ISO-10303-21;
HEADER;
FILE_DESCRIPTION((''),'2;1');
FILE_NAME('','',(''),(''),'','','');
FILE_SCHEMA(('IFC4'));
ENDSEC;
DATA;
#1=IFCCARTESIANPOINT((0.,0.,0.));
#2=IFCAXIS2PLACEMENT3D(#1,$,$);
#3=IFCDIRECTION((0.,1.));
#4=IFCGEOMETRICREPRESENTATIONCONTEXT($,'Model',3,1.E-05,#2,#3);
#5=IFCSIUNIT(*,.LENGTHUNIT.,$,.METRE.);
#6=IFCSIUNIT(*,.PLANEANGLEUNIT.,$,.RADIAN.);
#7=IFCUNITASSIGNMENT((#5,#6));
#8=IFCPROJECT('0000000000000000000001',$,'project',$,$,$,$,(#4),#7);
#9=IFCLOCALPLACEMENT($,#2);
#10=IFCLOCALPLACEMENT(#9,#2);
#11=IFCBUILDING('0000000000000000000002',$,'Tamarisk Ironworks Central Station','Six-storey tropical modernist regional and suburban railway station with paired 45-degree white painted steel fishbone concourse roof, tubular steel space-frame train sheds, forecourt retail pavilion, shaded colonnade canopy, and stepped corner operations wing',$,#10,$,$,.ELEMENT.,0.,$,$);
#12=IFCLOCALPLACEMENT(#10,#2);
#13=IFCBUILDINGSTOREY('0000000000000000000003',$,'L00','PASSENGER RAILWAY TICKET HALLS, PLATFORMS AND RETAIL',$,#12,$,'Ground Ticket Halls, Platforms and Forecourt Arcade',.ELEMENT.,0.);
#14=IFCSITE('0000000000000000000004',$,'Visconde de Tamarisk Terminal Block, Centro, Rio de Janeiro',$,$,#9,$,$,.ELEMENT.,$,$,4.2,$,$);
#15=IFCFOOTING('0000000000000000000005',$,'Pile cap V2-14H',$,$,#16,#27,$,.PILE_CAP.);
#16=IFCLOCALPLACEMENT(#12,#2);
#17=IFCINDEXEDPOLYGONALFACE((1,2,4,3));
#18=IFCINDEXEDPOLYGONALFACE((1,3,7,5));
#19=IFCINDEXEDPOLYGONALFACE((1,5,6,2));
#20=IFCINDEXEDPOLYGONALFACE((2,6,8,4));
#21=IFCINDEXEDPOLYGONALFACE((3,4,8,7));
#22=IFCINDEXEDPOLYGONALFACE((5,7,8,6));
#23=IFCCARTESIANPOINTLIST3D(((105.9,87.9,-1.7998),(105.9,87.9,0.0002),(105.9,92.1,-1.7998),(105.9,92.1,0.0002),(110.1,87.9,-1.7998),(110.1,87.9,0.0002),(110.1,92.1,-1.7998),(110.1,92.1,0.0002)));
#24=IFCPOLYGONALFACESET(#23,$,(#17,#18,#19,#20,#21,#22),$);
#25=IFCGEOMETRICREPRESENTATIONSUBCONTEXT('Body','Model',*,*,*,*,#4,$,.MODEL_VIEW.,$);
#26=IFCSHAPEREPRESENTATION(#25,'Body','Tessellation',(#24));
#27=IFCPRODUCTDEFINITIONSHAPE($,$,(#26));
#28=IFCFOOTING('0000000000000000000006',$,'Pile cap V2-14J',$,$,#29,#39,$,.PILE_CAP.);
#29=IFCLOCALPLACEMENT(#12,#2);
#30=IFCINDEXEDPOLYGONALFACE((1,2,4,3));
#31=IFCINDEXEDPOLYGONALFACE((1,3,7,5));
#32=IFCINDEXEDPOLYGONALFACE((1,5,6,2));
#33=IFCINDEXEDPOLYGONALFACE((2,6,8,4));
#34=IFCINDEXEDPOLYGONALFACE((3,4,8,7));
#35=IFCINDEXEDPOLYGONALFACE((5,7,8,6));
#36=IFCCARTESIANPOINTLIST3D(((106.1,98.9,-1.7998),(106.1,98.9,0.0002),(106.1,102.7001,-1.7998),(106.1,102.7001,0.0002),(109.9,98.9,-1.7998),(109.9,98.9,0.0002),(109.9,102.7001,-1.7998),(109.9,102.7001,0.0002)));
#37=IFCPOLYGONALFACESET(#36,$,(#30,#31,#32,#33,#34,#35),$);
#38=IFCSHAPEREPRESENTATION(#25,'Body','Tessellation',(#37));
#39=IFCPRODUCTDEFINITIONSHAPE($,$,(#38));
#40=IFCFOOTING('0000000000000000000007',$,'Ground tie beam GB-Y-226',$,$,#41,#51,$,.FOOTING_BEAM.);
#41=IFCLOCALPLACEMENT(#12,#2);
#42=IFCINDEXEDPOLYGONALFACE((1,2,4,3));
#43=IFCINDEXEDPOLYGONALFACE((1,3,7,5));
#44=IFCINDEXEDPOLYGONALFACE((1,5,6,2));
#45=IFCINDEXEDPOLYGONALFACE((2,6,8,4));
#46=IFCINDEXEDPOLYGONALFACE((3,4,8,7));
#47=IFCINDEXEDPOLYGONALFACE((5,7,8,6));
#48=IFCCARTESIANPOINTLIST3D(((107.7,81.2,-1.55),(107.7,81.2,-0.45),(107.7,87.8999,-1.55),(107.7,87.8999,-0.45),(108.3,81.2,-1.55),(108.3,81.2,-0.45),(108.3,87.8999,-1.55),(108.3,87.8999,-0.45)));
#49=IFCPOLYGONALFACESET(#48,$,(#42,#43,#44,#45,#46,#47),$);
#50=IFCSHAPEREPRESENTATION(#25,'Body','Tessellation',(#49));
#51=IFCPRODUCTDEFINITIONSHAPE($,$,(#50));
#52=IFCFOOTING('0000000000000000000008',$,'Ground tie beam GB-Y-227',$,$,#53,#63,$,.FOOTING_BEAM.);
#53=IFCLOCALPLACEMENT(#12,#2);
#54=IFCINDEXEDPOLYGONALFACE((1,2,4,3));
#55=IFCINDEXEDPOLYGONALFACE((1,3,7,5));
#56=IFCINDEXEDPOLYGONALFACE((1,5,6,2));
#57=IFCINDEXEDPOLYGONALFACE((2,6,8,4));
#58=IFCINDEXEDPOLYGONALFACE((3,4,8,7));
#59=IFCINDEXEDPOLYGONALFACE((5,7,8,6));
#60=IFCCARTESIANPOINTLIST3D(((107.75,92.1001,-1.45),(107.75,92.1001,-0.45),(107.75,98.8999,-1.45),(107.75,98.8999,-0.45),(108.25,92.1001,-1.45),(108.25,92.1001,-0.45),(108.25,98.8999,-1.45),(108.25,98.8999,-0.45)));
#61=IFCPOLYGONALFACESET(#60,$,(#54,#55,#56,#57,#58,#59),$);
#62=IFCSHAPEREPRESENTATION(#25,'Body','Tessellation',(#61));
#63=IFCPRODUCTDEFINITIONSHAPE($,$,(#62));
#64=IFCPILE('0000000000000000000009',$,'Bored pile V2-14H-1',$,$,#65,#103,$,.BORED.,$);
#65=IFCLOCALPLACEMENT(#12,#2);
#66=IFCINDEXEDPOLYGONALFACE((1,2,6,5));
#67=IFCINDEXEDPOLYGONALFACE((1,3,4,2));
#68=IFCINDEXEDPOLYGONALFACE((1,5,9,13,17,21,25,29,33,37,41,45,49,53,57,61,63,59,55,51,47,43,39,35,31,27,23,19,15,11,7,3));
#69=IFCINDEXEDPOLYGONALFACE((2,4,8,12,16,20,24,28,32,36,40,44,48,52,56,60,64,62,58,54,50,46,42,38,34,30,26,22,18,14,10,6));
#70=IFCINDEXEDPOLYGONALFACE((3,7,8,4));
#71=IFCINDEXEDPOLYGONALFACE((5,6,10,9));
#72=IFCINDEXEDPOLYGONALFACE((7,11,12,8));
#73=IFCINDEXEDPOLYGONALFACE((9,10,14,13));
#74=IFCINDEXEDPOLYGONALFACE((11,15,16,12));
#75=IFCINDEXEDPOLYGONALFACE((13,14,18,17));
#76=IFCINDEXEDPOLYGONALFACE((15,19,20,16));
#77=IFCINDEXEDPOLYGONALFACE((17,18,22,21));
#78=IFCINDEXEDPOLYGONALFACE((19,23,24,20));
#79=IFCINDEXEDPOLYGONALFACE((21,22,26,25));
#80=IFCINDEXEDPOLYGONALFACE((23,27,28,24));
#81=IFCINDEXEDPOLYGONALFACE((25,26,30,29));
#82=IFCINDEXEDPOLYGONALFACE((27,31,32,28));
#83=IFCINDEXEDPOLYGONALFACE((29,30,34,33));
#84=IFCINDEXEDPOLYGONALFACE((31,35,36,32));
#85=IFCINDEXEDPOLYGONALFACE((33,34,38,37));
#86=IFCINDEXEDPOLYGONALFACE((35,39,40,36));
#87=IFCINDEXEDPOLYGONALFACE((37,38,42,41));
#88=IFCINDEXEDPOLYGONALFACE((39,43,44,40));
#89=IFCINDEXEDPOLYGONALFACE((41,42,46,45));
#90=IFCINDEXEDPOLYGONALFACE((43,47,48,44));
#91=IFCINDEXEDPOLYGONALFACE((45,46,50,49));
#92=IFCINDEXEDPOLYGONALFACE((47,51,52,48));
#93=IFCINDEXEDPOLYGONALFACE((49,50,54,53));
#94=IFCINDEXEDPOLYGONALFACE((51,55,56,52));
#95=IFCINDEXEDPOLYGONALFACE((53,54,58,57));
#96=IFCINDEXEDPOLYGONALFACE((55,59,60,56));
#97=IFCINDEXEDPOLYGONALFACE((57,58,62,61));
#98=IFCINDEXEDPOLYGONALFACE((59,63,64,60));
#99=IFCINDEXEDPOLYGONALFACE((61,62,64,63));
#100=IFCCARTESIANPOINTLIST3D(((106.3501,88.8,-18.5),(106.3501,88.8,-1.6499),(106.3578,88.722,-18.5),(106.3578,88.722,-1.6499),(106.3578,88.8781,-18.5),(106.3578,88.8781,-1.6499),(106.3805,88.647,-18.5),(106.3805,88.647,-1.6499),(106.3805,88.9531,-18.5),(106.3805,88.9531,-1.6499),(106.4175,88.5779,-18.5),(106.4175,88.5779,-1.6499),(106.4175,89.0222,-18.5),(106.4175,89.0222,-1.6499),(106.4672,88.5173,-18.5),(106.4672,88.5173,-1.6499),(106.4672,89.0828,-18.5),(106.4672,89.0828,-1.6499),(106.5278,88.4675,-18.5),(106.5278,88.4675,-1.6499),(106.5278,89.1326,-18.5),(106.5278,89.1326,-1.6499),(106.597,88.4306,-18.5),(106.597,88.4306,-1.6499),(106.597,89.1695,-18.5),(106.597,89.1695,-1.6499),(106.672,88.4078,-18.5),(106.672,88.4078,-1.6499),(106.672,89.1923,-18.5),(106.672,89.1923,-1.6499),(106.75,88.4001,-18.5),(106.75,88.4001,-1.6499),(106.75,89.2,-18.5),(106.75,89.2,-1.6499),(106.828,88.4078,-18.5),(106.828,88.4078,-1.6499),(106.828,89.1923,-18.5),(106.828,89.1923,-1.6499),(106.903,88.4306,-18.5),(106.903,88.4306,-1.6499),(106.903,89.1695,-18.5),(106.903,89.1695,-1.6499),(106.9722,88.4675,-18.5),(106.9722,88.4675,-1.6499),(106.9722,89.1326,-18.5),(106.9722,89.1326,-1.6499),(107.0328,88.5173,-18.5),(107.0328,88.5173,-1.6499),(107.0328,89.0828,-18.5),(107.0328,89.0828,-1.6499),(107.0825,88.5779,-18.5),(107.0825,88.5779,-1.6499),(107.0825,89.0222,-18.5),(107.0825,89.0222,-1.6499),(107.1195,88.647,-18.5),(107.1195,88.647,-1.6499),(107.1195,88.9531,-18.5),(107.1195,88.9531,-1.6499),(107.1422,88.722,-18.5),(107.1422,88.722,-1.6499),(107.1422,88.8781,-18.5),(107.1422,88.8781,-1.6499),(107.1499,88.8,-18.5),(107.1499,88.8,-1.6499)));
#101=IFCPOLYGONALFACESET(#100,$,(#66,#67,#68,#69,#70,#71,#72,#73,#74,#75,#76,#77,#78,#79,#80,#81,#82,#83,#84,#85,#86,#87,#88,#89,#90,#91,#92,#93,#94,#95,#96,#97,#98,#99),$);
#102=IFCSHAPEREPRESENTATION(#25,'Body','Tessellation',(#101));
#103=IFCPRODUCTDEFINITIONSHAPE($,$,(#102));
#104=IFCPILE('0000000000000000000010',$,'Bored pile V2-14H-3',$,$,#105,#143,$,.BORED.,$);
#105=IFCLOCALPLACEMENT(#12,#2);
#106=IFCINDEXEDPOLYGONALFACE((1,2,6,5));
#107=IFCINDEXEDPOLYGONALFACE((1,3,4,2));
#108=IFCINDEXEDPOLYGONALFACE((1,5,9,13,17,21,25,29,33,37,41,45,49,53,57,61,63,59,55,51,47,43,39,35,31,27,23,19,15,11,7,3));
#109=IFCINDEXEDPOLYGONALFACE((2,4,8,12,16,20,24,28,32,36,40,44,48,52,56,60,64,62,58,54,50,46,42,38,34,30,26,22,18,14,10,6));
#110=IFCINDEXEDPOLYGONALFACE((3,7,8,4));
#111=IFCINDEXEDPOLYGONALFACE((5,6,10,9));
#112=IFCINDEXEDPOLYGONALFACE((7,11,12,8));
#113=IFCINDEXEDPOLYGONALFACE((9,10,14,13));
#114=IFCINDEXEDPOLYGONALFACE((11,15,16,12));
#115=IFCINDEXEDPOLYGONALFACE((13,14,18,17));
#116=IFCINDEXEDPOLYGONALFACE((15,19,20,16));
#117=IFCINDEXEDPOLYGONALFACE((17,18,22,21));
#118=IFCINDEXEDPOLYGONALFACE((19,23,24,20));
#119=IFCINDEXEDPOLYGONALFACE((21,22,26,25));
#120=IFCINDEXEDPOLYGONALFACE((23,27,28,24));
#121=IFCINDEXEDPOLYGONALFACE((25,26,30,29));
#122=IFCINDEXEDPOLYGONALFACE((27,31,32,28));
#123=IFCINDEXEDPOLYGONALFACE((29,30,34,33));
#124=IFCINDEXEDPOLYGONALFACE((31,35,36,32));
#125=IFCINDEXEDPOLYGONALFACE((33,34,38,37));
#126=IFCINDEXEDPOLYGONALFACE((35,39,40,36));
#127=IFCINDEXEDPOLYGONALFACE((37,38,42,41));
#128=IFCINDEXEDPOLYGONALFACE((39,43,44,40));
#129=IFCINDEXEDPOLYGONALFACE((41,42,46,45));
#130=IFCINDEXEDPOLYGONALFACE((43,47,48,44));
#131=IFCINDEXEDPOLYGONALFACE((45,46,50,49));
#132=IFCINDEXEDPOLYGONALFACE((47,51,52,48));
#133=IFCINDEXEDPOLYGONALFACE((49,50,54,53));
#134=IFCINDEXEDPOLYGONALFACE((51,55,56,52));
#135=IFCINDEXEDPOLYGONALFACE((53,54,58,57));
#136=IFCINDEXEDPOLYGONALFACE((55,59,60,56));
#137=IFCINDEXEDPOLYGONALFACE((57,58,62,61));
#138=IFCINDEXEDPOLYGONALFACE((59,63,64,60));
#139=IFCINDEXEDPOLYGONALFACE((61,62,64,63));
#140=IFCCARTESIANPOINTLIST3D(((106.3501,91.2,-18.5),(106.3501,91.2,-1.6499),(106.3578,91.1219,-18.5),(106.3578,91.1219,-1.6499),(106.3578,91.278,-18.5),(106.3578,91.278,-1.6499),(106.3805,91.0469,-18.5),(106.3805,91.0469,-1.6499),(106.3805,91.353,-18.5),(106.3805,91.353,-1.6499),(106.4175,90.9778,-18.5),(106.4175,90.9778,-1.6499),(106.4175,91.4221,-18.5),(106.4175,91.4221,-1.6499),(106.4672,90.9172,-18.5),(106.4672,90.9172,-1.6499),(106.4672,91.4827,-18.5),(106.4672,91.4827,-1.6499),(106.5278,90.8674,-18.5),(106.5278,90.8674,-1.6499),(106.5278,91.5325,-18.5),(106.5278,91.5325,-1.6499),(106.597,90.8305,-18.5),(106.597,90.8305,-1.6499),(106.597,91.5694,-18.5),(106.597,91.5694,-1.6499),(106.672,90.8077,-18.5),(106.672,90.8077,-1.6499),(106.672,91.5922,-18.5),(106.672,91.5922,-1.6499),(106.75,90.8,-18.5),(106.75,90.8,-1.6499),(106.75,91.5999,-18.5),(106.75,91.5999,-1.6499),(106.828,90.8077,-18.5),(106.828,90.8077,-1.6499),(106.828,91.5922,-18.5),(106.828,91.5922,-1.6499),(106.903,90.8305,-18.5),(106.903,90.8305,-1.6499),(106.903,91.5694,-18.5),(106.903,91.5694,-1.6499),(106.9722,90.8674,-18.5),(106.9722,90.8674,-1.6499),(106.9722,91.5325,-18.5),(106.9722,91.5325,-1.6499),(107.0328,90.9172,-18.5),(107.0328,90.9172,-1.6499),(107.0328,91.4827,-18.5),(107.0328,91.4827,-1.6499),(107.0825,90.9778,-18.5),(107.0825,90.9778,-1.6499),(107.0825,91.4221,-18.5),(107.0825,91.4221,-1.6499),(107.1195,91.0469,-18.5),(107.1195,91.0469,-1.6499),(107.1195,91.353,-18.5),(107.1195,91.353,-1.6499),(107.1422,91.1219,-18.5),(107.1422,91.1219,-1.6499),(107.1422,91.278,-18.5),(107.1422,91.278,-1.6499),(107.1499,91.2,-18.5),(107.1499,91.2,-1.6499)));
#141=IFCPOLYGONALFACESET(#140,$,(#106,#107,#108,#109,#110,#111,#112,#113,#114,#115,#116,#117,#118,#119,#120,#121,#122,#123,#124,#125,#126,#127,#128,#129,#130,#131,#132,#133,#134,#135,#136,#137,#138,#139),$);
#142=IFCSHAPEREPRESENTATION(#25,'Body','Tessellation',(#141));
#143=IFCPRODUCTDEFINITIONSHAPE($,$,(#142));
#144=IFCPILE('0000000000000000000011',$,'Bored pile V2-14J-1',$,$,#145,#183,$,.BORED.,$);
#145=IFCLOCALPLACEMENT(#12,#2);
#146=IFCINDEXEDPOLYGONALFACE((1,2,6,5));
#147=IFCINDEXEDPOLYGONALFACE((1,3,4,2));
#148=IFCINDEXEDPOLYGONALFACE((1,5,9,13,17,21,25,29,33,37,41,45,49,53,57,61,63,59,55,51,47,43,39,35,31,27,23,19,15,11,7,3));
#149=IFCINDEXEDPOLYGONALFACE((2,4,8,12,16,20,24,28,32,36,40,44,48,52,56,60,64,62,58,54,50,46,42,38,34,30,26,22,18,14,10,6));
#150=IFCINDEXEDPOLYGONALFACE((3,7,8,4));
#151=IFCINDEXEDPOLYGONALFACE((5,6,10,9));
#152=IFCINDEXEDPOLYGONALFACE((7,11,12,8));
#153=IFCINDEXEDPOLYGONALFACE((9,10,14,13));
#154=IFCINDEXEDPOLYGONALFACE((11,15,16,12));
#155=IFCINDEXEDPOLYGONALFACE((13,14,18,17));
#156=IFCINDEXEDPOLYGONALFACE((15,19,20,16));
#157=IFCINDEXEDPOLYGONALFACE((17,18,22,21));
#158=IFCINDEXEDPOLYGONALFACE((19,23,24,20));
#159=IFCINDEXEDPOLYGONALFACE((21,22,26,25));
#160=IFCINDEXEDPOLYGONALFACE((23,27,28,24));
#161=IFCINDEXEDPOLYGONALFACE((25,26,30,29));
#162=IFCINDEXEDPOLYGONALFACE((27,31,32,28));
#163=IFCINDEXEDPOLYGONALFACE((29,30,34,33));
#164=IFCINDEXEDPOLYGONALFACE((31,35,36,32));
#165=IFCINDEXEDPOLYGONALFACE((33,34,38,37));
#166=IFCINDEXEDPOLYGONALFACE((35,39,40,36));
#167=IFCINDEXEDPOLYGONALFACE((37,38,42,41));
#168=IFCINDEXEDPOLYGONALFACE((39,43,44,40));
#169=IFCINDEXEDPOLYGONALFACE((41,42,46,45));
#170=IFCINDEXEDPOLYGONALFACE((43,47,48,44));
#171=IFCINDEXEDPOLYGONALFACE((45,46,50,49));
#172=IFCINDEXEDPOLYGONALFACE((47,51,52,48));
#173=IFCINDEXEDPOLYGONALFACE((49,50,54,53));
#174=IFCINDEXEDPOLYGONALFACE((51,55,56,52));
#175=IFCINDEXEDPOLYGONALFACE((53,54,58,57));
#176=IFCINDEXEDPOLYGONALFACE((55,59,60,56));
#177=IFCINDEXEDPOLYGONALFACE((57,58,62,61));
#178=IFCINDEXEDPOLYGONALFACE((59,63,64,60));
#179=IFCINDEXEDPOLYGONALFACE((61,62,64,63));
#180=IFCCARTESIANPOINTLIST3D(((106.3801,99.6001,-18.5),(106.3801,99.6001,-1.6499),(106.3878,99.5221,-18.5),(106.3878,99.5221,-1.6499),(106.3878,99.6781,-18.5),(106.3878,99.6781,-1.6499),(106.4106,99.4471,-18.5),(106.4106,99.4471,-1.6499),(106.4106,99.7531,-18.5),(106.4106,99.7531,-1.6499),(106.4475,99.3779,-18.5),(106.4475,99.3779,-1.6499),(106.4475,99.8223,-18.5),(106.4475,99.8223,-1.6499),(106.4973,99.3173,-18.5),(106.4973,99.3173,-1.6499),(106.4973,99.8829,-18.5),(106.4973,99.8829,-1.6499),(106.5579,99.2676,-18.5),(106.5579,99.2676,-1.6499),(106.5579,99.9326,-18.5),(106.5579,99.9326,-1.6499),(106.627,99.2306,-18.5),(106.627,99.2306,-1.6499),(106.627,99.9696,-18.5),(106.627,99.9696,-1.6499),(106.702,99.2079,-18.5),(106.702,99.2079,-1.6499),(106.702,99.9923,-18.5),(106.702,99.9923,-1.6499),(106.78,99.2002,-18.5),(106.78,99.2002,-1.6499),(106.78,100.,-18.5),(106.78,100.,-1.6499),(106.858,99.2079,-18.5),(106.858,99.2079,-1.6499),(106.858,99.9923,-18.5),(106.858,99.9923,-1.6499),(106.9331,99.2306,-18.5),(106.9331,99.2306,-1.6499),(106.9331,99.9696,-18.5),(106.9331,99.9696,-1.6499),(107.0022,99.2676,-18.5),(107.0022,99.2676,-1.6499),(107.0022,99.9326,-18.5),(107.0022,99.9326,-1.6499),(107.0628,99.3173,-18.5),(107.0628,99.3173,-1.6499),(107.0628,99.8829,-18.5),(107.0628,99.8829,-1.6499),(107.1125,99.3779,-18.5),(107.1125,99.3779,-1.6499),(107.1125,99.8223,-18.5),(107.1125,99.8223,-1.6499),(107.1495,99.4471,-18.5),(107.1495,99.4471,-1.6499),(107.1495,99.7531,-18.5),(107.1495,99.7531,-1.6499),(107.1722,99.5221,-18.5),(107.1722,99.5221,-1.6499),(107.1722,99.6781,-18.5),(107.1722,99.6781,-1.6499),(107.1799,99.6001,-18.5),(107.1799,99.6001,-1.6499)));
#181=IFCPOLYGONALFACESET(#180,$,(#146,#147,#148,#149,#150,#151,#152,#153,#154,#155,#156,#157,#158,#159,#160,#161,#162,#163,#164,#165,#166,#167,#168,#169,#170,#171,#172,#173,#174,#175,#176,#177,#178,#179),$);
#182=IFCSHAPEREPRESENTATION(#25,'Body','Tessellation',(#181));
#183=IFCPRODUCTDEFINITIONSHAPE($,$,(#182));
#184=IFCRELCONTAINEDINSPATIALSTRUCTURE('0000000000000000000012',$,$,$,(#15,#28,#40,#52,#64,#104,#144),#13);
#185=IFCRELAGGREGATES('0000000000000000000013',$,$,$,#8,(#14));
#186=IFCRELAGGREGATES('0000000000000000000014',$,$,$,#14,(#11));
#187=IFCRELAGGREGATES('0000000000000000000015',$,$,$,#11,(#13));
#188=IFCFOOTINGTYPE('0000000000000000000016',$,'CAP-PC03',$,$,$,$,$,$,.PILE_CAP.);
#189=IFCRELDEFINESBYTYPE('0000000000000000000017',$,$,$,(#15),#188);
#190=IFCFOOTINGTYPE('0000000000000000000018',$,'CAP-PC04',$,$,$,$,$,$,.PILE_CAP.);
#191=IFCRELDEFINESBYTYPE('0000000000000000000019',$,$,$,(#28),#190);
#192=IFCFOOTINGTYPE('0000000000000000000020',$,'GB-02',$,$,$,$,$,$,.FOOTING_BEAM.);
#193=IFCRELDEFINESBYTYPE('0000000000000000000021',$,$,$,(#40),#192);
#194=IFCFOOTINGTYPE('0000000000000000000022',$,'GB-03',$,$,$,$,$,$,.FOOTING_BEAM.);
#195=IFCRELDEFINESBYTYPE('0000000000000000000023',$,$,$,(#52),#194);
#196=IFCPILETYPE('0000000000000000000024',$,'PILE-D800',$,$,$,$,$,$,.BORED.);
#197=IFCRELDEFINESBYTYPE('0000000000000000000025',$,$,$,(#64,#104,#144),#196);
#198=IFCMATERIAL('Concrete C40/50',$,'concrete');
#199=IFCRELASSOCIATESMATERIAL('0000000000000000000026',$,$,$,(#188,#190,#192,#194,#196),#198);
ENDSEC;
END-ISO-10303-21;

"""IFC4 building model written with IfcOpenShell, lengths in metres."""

from ifc_helpers import new_model, si_unit, direction, frame, origin, origin_2d, place, context, subcontext, project, spatial, rectangle, circle, extrude, material, material_profile, profile_set, type_object, element, save


model = new_model("IFC4")

# Units and contexts
model_context = context("Model", 3, precision=1e-05, world=origin(), true_north=direction((0.0, 1.0)))
body_context = subcontext(model_context, "Body", "Model", "MODEL_VIEW")
ifc_project = project(units=[si_unit("LENGTHUNIT", "METRE"), si_unit("PLANEANGLEUNIT", "RADIAN")], contexts=[model_context])

# Site, building, storey
site_placement = place(None, origin())
site = spatial("IfcSite", under=ifc_project, at=site_placement, Name="Visconde de Tamarisk Terminal Block, Centro, Rio de Janeiro", CompositionType="ELEMENT", RefElevation=4.2)
building_placement = place(site_placement, origin())
building = spatial("IfcBuilding", under=site, at=building_placement, Name="Tamarisk Ironworks Central Station", Description="Six-storey tropical modernist regional and suburban railway station with paired 45-degree white painted steel fishbone concourse roof, tubular steel space-frame train sheds, forecourt retail pavilion, shaded colonnade canopy, and stepped corner operations wing", CompositionType="ELEMENT", ElevationOfRefHeight=0.0)
storey_placement = place(building_placement, origin())
storey = spatial("IfcBuildingStorey", under=building, at=storey_placement, Name="L00", Description="PASSENGER RAILWAY TICKET HALLS, PLATFORMS AND RETAIL", LongName="Ground Ticket Halls, Platforms and Forecourt Arcade", CompositionType="ELEMENT", Elevation=0.0)

# Footings
ifc_material_1 = material(Name="Concrete C40/50", Category="concrete")
footing_type_1 = type_object("IfcFootingType", Name="CAP-PC03", PredefinedType="PILE_CAP", material=ifc_material_1)
footing_1_placement = place(storey_placement, frame((108.0, 90.0, -1.7998), z_axis=(0.0, 0.0, 1.0), x_axis=(1.0, 0.0, 0.0)))
element("IfcFooting", 1, at=footing_1_placement, inside=storey, type_object=footing_type_1, Name="Pile cap V2-14H", PredefinedType="PILE_CAP", context=body_context, shape_type="SweptSolid", body=[
    extrude(rectangle(XDim=4.2, YDim=4.2, at=origin_2d()), origin(), (0.0, 0.0, 1.0), 1.8),
])
footing_type_2 = type_object("IfcFootingType", Name="CAP-PC04", PredefinedType="PILE_CAP", material=ifc_material_1)
footing_2_placement = place(storey_placement, frame((108.0, 100.8, -1.7998), z_axis=(0.0, 0.0, 1.0), x_axis=(1.0, 0.0, 0.0)))
element("IfcFooting", 2, at=footing_2_placement, inside=storey, type_object=footing_type_2, Name="Pile cap V2-14J", PredefinedType="PILE_CAP", context=body_context, shape_type="SweptSolid", body=[
    extrude(rectangle(XDim=3.8, YDim=3.8, at=origin_2d()), origin(), (0.0, 0.0, 1.0), 1.8),
])
ifc_material_profile_1 = material_profile(ifc_material_1, rectangle(XDim=0.6001, YDim=1.1001, at=origin_2d()), Name="GB02 600x1100")
ifc_profile_set_1 = profile_set([ifc_material_profile_1], Name="Concrete C40/50")
footing_type_3 = type_object("IfcFootingType", Name="GB-02", PredefinedType="FOOTING_BEAM", material=ifc_profile_set_1)
footing_3_placement = place(storey_placement, frame((108.0, 81.2, -1.0), z_axis=(0.0, 1.0, 0.0), x_axis=(-1.0, 0.0, 0.0)))
element("IfcFooting", 3, at=footing_3_placement, inside=storey, type_object=footing_type_3, Name="Ground tie beam GB-Y-226", PredefinedType="FOOTING_BEAM", context=body_context, shape_type="SweptSolid", body=[
    extrude(rectangle(XDim=0.6001, YDim=1.1001, at=origin_2d()), origin(), (0.0, 0.0, 1.0), 6.7),
])
ifc_material_profile_2 = material_profile(ifc_material_1, rectangle(XDim=0.5, YDim=1.0, at=origin_2d()), Name="GB03 500x1000")
ifc_profile_set_2 = profile_set([ifc_material_profile_2], Name="Concrete C40/50")
footing_type_4 = type_object("IfcFootingType", Name="GB-03", PredefinedType="FOOTING_BEAM", material=ifc_profile_set_2)
footing_4_placement = place(storey_placement, frame((108.0, 92.1001, -0.95), z_axis=(0.0, 1.0, 0.0), x_axis=(-1.0, 0.0, 0.0)))
element("IfcFooting", 4, at=footing_4_placement, inside=storey, type_object=footing_type_4, Name="Ground tie beam GB-Y-227", PredefinedType="FOOTING_BEAM", context=body_context, shape_type="SweptSolid", body=[
    extrude(rectangle(XDim=0.5, YDim=1.0, at=origin_2d()), origin(), (0.0, 0.0, 1.0), 6.7998),
])

# Piles
ifc_material_profile_3 = material_profile(ifc_material_1, circle(Radius=0.3999, at=origin_2d()), Name="BORED PILE D800")
ifc_profile_set_3 = profile_set([ifc_material_profile_3], Name="Concrete C40/50")
pile_type = type_object("IfcPileType", Name="PILE-D800", PredefinedType="BORED", material=ifc_profile_set_3)
for number, where, z_axis, x_axis, name in (
    (5, (106.75, 88.8, -1.6499), (0.0, 0.0, -1.0), (1.0, 0.0, 0.0), "Bored pile V2-14H-1"),
    (6, (106.75, 91.2, -1.6499), (0.0, 0.0, -1.0), (1.0, 0.0, 0.0), "Bored pile V2-14H-3"),
    (7, (106.78, 99.6001, -1.6499), (0.0, 0.0, -1.0), (1.0, 0.0, 0.0), "Bored pile V2-14J-1"),
):
    element("IfcPile", number, at=place(storey_placement, frame(where, z_axis=z_axis, x_axis=x_axis)), inside=storey, type_object=pile_type, Name=name, PredefinedType="BORED", context=body_context, shape_type="SweptSolid", body=[
        extrude(circle(Radius=0.3999, at=origin_2d()), origin(), (0.0, 0.0, 1.0), 16.8501),
    ])

save(model, "model.ifc")
